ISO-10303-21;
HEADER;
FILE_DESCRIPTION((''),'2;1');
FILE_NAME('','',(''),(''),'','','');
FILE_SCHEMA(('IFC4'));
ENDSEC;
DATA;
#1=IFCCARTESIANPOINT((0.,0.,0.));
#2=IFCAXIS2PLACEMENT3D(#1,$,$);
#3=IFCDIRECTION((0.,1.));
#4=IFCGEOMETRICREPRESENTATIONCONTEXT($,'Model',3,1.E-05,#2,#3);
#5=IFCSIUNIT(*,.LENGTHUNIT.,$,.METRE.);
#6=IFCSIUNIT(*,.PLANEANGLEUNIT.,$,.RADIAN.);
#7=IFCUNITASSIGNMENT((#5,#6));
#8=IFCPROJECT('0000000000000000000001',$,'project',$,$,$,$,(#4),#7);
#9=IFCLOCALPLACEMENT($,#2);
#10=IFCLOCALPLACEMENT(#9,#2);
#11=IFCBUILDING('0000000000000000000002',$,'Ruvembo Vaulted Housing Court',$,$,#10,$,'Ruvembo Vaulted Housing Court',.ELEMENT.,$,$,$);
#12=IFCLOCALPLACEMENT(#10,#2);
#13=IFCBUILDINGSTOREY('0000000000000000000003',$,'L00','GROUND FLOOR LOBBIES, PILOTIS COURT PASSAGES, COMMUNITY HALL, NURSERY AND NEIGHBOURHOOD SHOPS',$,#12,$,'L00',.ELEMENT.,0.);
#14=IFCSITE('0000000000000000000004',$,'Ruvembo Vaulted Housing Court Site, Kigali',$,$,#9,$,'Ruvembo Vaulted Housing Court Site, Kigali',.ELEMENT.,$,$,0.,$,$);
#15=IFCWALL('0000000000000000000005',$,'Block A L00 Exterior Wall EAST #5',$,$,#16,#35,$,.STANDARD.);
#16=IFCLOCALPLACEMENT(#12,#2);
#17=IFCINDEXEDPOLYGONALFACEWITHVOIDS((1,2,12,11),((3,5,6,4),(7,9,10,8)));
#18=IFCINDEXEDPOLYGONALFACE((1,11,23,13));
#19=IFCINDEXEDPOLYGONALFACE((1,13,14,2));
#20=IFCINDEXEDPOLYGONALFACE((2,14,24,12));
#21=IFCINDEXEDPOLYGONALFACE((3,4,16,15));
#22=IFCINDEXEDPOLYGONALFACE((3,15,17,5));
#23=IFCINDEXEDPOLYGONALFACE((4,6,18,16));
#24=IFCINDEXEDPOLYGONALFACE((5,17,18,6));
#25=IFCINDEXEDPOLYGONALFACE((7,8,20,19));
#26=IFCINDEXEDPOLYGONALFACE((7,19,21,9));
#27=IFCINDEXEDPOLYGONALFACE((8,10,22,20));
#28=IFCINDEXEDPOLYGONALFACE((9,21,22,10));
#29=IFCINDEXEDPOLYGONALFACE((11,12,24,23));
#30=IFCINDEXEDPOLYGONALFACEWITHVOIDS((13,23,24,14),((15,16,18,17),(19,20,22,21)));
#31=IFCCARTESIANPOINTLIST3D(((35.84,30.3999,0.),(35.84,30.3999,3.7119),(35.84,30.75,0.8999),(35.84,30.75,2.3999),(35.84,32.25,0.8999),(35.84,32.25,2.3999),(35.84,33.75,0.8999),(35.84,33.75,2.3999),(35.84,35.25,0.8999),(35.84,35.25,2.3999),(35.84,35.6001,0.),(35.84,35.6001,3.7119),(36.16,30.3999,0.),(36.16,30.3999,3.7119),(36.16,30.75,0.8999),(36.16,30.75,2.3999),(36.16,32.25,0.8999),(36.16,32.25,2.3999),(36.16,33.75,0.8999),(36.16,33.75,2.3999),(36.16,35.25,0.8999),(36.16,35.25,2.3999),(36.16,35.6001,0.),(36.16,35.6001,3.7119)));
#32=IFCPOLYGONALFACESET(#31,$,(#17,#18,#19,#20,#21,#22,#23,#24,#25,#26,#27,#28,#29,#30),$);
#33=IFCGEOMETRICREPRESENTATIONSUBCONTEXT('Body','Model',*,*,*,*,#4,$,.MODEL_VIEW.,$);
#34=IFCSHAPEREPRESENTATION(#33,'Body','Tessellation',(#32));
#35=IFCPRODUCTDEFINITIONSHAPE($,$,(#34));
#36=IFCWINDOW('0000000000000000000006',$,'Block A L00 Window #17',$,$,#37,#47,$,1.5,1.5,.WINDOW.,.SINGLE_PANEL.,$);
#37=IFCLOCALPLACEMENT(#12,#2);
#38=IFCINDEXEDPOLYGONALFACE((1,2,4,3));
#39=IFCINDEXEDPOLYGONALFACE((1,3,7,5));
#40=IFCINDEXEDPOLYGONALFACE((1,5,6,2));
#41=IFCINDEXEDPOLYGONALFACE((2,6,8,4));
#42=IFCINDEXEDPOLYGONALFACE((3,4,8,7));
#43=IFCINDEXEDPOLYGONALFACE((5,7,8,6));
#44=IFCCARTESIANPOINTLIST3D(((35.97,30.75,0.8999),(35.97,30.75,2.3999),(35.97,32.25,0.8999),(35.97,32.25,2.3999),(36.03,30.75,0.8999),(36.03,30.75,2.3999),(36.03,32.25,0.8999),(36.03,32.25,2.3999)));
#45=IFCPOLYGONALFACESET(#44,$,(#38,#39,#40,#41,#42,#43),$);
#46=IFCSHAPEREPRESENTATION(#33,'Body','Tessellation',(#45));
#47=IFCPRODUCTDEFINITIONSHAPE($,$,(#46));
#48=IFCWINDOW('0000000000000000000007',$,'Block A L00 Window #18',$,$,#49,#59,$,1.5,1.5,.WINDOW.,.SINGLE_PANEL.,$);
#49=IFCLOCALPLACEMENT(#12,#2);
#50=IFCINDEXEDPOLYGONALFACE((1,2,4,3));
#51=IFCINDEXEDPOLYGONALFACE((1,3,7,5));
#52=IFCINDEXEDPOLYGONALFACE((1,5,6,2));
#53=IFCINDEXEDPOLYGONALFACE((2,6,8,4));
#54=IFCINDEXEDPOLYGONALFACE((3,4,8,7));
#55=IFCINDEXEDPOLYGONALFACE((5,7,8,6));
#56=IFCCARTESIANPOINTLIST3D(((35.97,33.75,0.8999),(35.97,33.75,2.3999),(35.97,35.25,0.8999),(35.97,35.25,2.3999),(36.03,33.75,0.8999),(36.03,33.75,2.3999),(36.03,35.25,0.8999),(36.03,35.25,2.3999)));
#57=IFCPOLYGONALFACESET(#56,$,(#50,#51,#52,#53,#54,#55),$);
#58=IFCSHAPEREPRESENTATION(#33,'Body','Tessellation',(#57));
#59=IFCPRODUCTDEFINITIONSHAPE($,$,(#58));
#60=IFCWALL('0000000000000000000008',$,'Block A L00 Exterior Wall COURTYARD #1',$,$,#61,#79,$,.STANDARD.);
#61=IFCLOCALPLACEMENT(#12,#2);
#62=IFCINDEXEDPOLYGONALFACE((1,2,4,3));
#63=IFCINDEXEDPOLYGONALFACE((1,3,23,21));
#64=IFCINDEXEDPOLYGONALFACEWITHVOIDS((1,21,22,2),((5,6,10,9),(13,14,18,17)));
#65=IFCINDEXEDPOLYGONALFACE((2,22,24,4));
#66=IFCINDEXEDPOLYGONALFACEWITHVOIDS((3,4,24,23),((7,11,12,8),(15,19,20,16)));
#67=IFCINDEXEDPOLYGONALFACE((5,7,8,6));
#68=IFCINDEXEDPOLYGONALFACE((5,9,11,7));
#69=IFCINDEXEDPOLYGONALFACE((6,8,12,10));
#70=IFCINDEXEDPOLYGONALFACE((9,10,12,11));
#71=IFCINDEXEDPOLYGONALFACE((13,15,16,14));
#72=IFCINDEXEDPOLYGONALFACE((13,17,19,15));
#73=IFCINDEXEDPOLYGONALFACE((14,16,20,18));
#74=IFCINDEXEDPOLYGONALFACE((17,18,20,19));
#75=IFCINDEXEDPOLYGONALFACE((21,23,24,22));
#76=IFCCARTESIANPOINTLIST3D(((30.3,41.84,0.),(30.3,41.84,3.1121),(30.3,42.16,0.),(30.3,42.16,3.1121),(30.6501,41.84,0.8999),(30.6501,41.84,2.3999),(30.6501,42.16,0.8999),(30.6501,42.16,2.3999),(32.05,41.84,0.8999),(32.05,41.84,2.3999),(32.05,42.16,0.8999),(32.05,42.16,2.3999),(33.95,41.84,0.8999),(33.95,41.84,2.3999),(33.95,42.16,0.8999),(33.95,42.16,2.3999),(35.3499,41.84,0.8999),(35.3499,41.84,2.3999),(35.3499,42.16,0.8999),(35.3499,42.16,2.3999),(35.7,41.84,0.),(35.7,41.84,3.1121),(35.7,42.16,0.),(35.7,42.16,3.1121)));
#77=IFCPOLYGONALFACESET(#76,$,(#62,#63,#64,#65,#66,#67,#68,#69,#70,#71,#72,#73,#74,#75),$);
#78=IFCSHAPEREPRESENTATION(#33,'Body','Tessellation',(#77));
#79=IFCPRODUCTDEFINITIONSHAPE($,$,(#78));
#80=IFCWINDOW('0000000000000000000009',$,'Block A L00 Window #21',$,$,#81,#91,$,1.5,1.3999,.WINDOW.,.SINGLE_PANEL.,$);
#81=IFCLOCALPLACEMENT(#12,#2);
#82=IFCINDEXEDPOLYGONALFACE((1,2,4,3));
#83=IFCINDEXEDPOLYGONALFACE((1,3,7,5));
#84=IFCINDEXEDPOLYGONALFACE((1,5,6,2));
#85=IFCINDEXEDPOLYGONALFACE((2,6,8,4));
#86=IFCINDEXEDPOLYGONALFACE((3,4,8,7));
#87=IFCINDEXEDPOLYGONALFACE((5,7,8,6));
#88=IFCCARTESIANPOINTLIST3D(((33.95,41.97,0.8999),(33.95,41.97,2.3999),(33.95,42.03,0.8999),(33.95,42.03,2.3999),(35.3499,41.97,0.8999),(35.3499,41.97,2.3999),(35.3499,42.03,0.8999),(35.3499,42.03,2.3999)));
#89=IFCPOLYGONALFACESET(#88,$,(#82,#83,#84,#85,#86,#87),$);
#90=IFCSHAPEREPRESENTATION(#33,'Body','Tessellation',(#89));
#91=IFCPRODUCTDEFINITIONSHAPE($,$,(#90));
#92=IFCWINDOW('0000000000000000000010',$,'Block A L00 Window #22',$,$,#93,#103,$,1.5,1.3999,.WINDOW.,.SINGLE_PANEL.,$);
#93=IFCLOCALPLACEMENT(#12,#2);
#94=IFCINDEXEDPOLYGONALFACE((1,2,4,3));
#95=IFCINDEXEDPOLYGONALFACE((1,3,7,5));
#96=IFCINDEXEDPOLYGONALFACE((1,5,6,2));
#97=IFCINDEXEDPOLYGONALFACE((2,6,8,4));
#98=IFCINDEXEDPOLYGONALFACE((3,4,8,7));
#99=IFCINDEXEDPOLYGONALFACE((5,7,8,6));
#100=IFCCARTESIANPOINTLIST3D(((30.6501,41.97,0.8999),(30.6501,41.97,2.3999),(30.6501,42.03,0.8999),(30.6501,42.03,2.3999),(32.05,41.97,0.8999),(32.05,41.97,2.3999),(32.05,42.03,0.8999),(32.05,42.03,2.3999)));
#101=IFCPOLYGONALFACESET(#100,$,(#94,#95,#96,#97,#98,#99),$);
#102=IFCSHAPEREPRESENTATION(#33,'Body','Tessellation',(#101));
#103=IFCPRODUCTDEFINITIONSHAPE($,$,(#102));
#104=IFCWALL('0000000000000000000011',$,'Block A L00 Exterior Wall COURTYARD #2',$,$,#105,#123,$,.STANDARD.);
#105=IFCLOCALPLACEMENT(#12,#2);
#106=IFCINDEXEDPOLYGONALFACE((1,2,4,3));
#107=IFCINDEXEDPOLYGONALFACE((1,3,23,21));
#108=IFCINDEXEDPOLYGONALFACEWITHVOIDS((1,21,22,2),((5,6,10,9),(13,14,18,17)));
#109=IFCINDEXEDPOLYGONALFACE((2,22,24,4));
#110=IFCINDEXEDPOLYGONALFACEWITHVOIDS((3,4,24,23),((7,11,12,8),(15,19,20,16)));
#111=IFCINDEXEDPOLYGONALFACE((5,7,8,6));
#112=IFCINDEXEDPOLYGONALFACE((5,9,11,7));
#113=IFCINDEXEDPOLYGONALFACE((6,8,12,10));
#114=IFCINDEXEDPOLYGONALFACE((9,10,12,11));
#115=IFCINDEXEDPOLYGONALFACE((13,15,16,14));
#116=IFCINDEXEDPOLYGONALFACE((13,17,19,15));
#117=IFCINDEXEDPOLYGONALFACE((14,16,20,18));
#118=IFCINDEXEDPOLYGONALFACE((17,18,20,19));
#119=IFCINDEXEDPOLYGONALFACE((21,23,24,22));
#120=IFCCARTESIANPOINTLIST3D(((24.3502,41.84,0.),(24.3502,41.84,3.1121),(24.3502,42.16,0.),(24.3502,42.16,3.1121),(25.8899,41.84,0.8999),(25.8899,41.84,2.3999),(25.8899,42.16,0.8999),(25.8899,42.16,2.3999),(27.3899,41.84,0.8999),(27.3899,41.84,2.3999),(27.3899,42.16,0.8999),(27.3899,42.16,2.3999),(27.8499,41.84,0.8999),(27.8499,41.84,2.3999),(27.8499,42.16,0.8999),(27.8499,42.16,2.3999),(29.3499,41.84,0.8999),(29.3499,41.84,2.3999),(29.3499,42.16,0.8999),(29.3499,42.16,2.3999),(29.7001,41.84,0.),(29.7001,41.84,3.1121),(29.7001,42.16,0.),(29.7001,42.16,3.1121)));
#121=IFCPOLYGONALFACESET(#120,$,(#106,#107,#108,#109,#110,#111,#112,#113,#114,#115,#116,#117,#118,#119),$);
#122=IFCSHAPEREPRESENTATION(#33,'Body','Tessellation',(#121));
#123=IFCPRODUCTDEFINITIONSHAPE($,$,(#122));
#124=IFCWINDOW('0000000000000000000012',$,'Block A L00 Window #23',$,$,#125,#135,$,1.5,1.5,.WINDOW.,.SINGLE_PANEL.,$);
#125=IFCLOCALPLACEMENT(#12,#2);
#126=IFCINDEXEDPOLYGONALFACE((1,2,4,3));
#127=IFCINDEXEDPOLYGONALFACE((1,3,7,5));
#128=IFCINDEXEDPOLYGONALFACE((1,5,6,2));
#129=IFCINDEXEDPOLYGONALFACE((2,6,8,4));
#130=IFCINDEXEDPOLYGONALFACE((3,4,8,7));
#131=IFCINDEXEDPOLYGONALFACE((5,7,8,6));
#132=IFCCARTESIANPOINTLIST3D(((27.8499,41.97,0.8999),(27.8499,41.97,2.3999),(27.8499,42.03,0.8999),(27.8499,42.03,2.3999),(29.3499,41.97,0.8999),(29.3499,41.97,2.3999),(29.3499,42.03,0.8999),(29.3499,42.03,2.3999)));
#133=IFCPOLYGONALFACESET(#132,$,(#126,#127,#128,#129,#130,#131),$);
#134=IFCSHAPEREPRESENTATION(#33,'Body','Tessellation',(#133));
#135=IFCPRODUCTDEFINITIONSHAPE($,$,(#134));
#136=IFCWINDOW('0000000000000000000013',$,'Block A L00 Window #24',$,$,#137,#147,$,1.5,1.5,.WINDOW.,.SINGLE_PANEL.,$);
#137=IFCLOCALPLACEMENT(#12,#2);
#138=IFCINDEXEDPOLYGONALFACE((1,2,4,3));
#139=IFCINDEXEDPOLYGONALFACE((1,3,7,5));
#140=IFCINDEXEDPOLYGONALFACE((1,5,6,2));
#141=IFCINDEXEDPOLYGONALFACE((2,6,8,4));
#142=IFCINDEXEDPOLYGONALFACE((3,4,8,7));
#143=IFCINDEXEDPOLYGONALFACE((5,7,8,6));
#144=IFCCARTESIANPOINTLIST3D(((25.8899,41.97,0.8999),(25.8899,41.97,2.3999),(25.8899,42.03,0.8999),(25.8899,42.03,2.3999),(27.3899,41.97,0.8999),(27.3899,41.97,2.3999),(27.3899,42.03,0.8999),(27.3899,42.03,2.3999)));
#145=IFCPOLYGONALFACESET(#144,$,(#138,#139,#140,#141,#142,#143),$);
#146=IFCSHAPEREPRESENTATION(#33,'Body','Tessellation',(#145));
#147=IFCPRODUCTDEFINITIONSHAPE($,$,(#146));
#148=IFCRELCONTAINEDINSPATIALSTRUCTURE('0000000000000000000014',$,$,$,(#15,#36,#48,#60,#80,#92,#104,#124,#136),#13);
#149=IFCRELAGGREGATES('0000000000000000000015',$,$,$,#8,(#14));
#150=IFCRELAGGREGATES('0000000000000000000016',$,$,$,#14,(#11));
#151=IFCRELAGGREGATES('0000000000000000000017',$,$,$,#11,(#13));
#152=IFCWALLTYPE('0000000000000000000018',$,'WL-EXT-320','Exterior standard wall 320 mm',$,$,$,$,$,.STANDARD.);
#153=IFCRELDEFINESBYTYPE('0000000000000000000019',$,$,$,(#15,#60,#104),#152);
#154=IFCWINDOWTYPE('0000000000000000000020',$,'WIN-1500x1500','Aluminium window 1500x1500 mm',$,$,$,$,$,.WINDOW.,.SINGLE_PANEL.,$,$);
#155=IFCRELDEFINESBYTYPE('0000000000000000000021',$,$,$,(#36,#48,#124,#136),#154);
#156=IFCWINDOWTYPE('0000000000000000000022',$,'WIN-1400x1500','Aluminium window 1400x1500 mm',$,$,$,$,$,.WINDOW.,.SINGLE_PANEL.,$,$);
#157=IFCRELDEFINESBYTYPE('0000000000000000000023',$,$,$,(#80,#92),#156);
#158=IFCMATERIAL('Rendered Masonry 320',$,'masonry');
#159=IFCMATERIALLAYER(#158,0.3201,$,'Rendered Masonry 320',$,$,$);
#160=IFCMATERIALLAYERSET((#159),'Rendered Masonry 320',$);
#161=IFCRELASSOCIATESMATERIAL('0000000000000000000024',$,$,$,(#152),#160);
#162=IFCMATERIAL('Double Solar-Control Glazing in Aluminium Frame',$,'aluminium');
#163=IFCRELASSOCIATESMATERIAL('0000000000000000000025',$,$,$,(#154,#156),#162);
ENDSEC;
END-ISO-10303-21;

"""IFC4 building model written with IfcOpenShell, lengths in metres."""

from ifc_helpers import new_model, si_unit, direction, frame, frame_2d, origin, place, context, subcontext, project, spatial, rectangle, extrude, material, layer, layer_set, type_object, element, fill, save


model = new_model("IFC4")

# Units and contexts
model_context = context("Model", 3, precision=1e-05, world=origin(), true_north=direction((0.0, 1.0)))
body_context = subcontext(model_context, "Body", "Model", "MODEL_VIEW")
ifc_project = project(units=[si_unit("LENGTHUNIT", "METRE"), si_unit("PLANEANGLEUNIT", "RADIAN")], contexts=[model_context])

# Site, building, storey
site_placement = place(None, origin())
site = spatial("IfcSite", under=ifc_project, at=site_placement, Name="Ruvembo Vaulted Housing Court Site, Kigali", LongName="Ruvembo Vaulted Housing Court Site, Kigali", CompositionType="ELEMENT", RefElevation=0.0)
building_placement = place(site_placement, origin())
building = spatial("IfcBuilding", under=site, at=building_placement, Name="Ruvembo Vaulted Housing Court", LongName="Ruvembo Vaulted Housing Court", CompositionType="ELEMENT")
storey_placement = place(building_placement, origin())
storey = spatial("IfcBuildingStorey", under=building, at=storey_placement, Name="L00", Description="GROUND FLOOR LOBBIES, PILOTIS COURT PASSAGES, COMMUNITY HALL, NURSERY AND NEIGHBOURHOOD SHOPS", LongName="L00", CompositionType="ELEMENT", Elevation=0.0)

# Walls, openings, windows
ifc_material_1 = material(Name="Rendered Masonry 320", Category="masonry")
ifc_layer = layer(ifc_material_1, 0.3201, Name="Rendered Masonry 320")
ifc_layer_set = layer_set([ifc_layer], Name="Rendered Masonry 320")
wall_type = type_object("IfcWallType", Name="WL-EXT-320", Description="Exterior standard wall 320 mm", PredefinedType="STANDARD", material=ifc_layer_set)
wall_1_placement = place(storey_placement, frame((36.0, 30.3999, 0.0), z_axis=(0.0, 0.0, 1.0), x_axis=(0.0, 1.0, 0.0)))
wall_1 = element("IfcWall", 1, at=wall_1_placement, inside=storey, type_object=wall_type, Name="Block A L00 Exterior Wall EAST #5", PredefinedType="STANDARD", context=body_context, shape_type="SweptSolid", body=[
    extrude(rectangle(XDim=5.2002, YDim=0.3201, at=frame_2d((2.6001, 0.0))), origin(), (0.0, 0.0, 1.0), 3.7119),
])
opening_1_placement = place(wall_1_placement, frame((0.3501, 0.0, 0.8999)))
opening_1 = element("IfcOpeningElement", 2, at=opening_1_placement, cuts=wall_1, PredefinedType="OPENING", context=body_context, shape_type="SweptSolid", body=[
    extrude(rectangle(XDim=1.5, YDim=1.5, at=frame_2d((0.75, 0.75))), frame((0.0, 0.1699, 0.0), z_axis=(0.0, -1.0, 0.0), x_axis=(1.0, 0.0, 0.0)), (0.0, 0.0, 1.0), 0.3401),
])
opening_2_placement = place(wall_1_placement, frame((3.3501, 0.0, 0.8999)))
opening_2 = element("IfcOpeningElement", 3, at=opening_2_placement, cuts=wall_1, PredefinedType="OPENING", context=body_context, shape_type="SweptSolid", body=[
    extrude(rectangle(XDim=1.5, YDim=1.5, at=frame_2d((0.75, 0.75))), frame((0.0, 0.1699, 0.0), z_axis=(0.0, -1.0, 0.0), x_axis=(1.0, 0.0, 0.0)), (0.0, 0.0, 1.0), 0.3401),
])
ifc_material_2 = material(Name="Double Solar-Control Glazing in Aluminium Frame", Category="aluminium")
window_type_1 = type_object("IfcWindowType", Name="WIN-1500x1500", Description="Aluminium window 1500x1500 mm", PartitioningType="SINGLE_PANEL", PredefinedType="WINDOW", material=ifc_material_2)
window_1_placement = place(opening_1_placement, origin())
window_1 = element("IfcWindow", 4, at=window_1_placement, inside=storey, type_object=window_type_1, Name="Block A L00 Window #17", OverallHeight=1.5, OverallWidth=1.5, PartitioningType="SINGLE_PANEL", PredefinedType="WINDOW", context=body_context, shape_type="SweptSolid", body=[
    extrude(rectangle(XDim=1.5, YDim=1.5, at=frame_2d((0.75, 0.75))), frame((0.0, 0.03, 0.0), z_axis=(0.0, -1.0, 0.0), x_axis=(1.0, 0.0, 0.0)), (0.0, 0.0, 1.0), 0.0601),
])
fill(opening_1, window_1)
window_2_placement = place(opening_2_placement, origin())
window_2 = element("IfcWindow", 5, at=window_2_placement, inside=storey, type_object=window_type_1, Name="Block A L00 Window #18", OverallHeight=1.5, OverallWidth=1.5, PartitioningType="SINGLE_PANEL", PredefinedType="WINDOW", context=body_context, shape_type="SweptSolid", body=[
    extrude(rectangle(XDim=1.5, YDim=1.5, at=frame_2d((0.75, 0.75))), frame((0.0, 0.03, 0.0), z_axis=(0.0, -1.0, 0.0), x_axis=(1.0, 0.0, 0.0)), (0.0, 0.0, 1.0), 0.0601),
])
fill(opening_2, window_2)
wall_2_placement = place(storey_placement, frame((35.7, 42.0, 0.0), z_axis=(0.0, 0.0, 1.0), x_axis=(-1.0, 0.0, 0.0)))
wall_2 = element("IfcWall", 6, at=wall_2_placement, inside=storey, type_object=wall_type, Name="Block A L00 Exterior Wall COURTYARD #1", PredefinedType="STANDARD", context=body_context, shape_type="SweptSolid", body=[
    extrude(rectangle(XDim=5.3999, YDim=0.3201, at=frame_2d((2.7, 0.0))), origin(), (0.0, 0.0, 1.0), 3.1121),
])
opening_3_placement = place(wall_2_placement, frame((0.3501, 0.0, 0.8999)))
opening_3 = element("IfcOpeningElement", 7, at=opening_3_placement, cuts=wall_2, PredefinedType="OPENING", context=body_context, shape_type="SweptSolid", body=[
    extrude(rectangle(XDim=1.3999, YDim=1.5, at=frame_2d((0.7, 0.75))), frame((0.0, 0.1699, 0.0), z_axis=(0.0, -1.0, 0.0), x_axis=(1.0, 0.0, 0.0)), (0.0, 0.0, 1.0), 0.3401),
])
opening_4_placement = place(wall_2_placement, frame((3.6499, 0.0, 0.8999)))
opening_4 = element("IfcOpeningElement", 8, at=opening_4_placement, cuts=wall_2, PredefinedType="OPENING", context=body_context, shape_type="SweptSolid", body=[
    extrude(rectangle(XDim=1.3999, YDim=1.5, at=frame_2d((0.7, 0.75))), frame((0.0, 0.1699, 0.0), z_axis=(0.0, -1.0, 0.0), x_axis=(1.0, 0.0, 0.0)), (0.0, 0.0, 1.0), 0.3401),
])
window_type_2 = type_object("IfcWindowType", Name="WIN-1400x1500", Description="Aluminium window 1400x1500 mm", PartitioningType="SINGLE_PANEL", PredefinedType="WINDOW", material=ifc_material_2)
window_3_placement = place(opening_3_placement, origin())
window_3 = element("IfcWindow", 9, at=window_3_placement, inside=storey, type_object=window_type_2, Name="Block A L00 Window #21", OverallHeight=1.5, OverallWidth=1.3999, PartitioningType="SINGLE_PANEL", PredefinedType="WINDOW", context=body_context, shape_type="SweptSolid", body=[
    extrude(rectangle(XDim=1.3999, YDim=1.5, at=frame_2d((0.7, 0.75))), frame((0.0, 0.03, 0.0), z_axis=(0.0, -1.0, 0.0), x_axis=(1.0, 0.0, 0.0)), (0.0, 0.0, 1.0), 0.0601),
])
fill(opening_3, window_3)
window_4_placement = place(opening_4_placement, origin())
window_4 = element("IfcWindow", 10, at=window_4_placement, inside=storey, type_object=window_type_2, Name="Block A L00 Window #22", OverallHeight=1.5, OverallWidth=1.3999, PartitioningType="SINGLE_PANEL", PredefinedType="WINDOW", context=body_context, shape_type="SweptSolid", body=[
    extrude(rectangle(XDim=1.3999, YDim=1.5, at=frame_2d((0.7, 0.75))), frame((0.0, 0.03, 0.0), z_axis=(0.0, -1.0, 0.0), x_axis=(1.0, 0.0, 0.0)), (0.0, 0.0, 1.0), 0.0601),
])
fill(opening_4, window_4)
wall_3_placement = place(storey_placement, frame((29.7, 42.0, 0.0), z_axis=(0.0, 0.0, 1.0), x_axis=(-1.0, 0.0, 0.0)))
wall_3 = element("IfcWall", 11, at=wall_3_placement, inside=storey, type_object=wall_type, Name="Block A L00 Exterior Wall COURTYARD #2", PredefinedType="STANDARD", context=body_context, shape_type="SweptSolid", body=[
    extrude(rectangle(XDim=5.3499, YDim=0.3201, at=frame_2d((2.6748, 0.0))), origin(), (0.0, 0.0, 1.0), 3.1121),
])
opening_5_placement = place(wall_3_placement, frame((0.3501, 0.0, 0.8999)))
opening_5 = element("IfcOpeningElement", 12, at=opening_5_placement, cuts=wall_3, PredefinedType="OPENING", context=body_context, shape_type="SweptSolid", body=[
    extrude(rectangle(XDim=1.5, YDim=1.5, at=frame_2d((0.75, 0.75))), frame((0.0, 0.1699, 0.0), z_axis=(0.0, -1.0, 0.0), x_axis=(1.0, 0.0, 0.0)), (0.0, 0.0, 1.0), 0.3401),
])
opening_6_placement = place(wall_3_placement, frame((2.3101, 0.0, 0.8999)))
opening_6 = element("IfcOpeningElement", 13, at=opening_6_placement, cuts=wall_3, PredefinedType="OPENING", context=body_context, shape_type="SweptSolid", body=[
    extrude(rectangle(XDim=1.5, YDim=1.5, at=frame_2d((0.75, 0.75))), frame((0.0, 0.1699, 0.0), z_axis=(0.0, -1.0, 0.0), x_axis=(1.0, 0.0, 0.0)), (0.0, 0.0, 1.0), 0.3401),
])
window_5_placement = place(opening_5_placement, origin())
window_5 = element("IfcWindow", 14, at=window_5_placement, inside=storey, type_object=window_type_1, Name="Block A L00 Window #23", OverallHeight=1.5, OverallWidth=1.5, PartitioningType="SINGLE_PANEL", PredefinedType="WINDOW", context=body_context, shape_type="SweptSolid", body=[
    extrude(rectangle(XDim=1.5, YDim=1.5, at=frame_2d((0.75, 0.75))), frame((0.0, 0.03, 0.0), z_axis=(0.0, -1.0, 0.0), x_axis=(1.0, 0.0, 0.0)), (0.0, 0.0, 1.0), 0.0601),
])
fill(opening_5, window_5)
window_6_placement = place(opening_6_placement, origin())
window_6 = element("IfcWindow", 15, at=window_6_placement, inside=storey, type_object=window_type_1, Name="Block A L00 Window #24", OverallHeight=1.5, OverallWidth=1.5, PartitioningType="SINGLE_PANEL", PredefinedType="WINDOW", context=body_context, shape_type="SweptSolid", body=[
    extrude(rectangle(XDim=1.5, YDim=1.5, at=frame_2d((0.75, 0.75))), frame((0.0, 0.03, 0.0), z_axis=(0.0, -1.0, 0.0), x_axis=(1.0, 0.0, 0.0)), (0.0, 0.0, 1.0), 0.0601),
])
fill(opening_6, window_6)

save(model, "model.ifc")
